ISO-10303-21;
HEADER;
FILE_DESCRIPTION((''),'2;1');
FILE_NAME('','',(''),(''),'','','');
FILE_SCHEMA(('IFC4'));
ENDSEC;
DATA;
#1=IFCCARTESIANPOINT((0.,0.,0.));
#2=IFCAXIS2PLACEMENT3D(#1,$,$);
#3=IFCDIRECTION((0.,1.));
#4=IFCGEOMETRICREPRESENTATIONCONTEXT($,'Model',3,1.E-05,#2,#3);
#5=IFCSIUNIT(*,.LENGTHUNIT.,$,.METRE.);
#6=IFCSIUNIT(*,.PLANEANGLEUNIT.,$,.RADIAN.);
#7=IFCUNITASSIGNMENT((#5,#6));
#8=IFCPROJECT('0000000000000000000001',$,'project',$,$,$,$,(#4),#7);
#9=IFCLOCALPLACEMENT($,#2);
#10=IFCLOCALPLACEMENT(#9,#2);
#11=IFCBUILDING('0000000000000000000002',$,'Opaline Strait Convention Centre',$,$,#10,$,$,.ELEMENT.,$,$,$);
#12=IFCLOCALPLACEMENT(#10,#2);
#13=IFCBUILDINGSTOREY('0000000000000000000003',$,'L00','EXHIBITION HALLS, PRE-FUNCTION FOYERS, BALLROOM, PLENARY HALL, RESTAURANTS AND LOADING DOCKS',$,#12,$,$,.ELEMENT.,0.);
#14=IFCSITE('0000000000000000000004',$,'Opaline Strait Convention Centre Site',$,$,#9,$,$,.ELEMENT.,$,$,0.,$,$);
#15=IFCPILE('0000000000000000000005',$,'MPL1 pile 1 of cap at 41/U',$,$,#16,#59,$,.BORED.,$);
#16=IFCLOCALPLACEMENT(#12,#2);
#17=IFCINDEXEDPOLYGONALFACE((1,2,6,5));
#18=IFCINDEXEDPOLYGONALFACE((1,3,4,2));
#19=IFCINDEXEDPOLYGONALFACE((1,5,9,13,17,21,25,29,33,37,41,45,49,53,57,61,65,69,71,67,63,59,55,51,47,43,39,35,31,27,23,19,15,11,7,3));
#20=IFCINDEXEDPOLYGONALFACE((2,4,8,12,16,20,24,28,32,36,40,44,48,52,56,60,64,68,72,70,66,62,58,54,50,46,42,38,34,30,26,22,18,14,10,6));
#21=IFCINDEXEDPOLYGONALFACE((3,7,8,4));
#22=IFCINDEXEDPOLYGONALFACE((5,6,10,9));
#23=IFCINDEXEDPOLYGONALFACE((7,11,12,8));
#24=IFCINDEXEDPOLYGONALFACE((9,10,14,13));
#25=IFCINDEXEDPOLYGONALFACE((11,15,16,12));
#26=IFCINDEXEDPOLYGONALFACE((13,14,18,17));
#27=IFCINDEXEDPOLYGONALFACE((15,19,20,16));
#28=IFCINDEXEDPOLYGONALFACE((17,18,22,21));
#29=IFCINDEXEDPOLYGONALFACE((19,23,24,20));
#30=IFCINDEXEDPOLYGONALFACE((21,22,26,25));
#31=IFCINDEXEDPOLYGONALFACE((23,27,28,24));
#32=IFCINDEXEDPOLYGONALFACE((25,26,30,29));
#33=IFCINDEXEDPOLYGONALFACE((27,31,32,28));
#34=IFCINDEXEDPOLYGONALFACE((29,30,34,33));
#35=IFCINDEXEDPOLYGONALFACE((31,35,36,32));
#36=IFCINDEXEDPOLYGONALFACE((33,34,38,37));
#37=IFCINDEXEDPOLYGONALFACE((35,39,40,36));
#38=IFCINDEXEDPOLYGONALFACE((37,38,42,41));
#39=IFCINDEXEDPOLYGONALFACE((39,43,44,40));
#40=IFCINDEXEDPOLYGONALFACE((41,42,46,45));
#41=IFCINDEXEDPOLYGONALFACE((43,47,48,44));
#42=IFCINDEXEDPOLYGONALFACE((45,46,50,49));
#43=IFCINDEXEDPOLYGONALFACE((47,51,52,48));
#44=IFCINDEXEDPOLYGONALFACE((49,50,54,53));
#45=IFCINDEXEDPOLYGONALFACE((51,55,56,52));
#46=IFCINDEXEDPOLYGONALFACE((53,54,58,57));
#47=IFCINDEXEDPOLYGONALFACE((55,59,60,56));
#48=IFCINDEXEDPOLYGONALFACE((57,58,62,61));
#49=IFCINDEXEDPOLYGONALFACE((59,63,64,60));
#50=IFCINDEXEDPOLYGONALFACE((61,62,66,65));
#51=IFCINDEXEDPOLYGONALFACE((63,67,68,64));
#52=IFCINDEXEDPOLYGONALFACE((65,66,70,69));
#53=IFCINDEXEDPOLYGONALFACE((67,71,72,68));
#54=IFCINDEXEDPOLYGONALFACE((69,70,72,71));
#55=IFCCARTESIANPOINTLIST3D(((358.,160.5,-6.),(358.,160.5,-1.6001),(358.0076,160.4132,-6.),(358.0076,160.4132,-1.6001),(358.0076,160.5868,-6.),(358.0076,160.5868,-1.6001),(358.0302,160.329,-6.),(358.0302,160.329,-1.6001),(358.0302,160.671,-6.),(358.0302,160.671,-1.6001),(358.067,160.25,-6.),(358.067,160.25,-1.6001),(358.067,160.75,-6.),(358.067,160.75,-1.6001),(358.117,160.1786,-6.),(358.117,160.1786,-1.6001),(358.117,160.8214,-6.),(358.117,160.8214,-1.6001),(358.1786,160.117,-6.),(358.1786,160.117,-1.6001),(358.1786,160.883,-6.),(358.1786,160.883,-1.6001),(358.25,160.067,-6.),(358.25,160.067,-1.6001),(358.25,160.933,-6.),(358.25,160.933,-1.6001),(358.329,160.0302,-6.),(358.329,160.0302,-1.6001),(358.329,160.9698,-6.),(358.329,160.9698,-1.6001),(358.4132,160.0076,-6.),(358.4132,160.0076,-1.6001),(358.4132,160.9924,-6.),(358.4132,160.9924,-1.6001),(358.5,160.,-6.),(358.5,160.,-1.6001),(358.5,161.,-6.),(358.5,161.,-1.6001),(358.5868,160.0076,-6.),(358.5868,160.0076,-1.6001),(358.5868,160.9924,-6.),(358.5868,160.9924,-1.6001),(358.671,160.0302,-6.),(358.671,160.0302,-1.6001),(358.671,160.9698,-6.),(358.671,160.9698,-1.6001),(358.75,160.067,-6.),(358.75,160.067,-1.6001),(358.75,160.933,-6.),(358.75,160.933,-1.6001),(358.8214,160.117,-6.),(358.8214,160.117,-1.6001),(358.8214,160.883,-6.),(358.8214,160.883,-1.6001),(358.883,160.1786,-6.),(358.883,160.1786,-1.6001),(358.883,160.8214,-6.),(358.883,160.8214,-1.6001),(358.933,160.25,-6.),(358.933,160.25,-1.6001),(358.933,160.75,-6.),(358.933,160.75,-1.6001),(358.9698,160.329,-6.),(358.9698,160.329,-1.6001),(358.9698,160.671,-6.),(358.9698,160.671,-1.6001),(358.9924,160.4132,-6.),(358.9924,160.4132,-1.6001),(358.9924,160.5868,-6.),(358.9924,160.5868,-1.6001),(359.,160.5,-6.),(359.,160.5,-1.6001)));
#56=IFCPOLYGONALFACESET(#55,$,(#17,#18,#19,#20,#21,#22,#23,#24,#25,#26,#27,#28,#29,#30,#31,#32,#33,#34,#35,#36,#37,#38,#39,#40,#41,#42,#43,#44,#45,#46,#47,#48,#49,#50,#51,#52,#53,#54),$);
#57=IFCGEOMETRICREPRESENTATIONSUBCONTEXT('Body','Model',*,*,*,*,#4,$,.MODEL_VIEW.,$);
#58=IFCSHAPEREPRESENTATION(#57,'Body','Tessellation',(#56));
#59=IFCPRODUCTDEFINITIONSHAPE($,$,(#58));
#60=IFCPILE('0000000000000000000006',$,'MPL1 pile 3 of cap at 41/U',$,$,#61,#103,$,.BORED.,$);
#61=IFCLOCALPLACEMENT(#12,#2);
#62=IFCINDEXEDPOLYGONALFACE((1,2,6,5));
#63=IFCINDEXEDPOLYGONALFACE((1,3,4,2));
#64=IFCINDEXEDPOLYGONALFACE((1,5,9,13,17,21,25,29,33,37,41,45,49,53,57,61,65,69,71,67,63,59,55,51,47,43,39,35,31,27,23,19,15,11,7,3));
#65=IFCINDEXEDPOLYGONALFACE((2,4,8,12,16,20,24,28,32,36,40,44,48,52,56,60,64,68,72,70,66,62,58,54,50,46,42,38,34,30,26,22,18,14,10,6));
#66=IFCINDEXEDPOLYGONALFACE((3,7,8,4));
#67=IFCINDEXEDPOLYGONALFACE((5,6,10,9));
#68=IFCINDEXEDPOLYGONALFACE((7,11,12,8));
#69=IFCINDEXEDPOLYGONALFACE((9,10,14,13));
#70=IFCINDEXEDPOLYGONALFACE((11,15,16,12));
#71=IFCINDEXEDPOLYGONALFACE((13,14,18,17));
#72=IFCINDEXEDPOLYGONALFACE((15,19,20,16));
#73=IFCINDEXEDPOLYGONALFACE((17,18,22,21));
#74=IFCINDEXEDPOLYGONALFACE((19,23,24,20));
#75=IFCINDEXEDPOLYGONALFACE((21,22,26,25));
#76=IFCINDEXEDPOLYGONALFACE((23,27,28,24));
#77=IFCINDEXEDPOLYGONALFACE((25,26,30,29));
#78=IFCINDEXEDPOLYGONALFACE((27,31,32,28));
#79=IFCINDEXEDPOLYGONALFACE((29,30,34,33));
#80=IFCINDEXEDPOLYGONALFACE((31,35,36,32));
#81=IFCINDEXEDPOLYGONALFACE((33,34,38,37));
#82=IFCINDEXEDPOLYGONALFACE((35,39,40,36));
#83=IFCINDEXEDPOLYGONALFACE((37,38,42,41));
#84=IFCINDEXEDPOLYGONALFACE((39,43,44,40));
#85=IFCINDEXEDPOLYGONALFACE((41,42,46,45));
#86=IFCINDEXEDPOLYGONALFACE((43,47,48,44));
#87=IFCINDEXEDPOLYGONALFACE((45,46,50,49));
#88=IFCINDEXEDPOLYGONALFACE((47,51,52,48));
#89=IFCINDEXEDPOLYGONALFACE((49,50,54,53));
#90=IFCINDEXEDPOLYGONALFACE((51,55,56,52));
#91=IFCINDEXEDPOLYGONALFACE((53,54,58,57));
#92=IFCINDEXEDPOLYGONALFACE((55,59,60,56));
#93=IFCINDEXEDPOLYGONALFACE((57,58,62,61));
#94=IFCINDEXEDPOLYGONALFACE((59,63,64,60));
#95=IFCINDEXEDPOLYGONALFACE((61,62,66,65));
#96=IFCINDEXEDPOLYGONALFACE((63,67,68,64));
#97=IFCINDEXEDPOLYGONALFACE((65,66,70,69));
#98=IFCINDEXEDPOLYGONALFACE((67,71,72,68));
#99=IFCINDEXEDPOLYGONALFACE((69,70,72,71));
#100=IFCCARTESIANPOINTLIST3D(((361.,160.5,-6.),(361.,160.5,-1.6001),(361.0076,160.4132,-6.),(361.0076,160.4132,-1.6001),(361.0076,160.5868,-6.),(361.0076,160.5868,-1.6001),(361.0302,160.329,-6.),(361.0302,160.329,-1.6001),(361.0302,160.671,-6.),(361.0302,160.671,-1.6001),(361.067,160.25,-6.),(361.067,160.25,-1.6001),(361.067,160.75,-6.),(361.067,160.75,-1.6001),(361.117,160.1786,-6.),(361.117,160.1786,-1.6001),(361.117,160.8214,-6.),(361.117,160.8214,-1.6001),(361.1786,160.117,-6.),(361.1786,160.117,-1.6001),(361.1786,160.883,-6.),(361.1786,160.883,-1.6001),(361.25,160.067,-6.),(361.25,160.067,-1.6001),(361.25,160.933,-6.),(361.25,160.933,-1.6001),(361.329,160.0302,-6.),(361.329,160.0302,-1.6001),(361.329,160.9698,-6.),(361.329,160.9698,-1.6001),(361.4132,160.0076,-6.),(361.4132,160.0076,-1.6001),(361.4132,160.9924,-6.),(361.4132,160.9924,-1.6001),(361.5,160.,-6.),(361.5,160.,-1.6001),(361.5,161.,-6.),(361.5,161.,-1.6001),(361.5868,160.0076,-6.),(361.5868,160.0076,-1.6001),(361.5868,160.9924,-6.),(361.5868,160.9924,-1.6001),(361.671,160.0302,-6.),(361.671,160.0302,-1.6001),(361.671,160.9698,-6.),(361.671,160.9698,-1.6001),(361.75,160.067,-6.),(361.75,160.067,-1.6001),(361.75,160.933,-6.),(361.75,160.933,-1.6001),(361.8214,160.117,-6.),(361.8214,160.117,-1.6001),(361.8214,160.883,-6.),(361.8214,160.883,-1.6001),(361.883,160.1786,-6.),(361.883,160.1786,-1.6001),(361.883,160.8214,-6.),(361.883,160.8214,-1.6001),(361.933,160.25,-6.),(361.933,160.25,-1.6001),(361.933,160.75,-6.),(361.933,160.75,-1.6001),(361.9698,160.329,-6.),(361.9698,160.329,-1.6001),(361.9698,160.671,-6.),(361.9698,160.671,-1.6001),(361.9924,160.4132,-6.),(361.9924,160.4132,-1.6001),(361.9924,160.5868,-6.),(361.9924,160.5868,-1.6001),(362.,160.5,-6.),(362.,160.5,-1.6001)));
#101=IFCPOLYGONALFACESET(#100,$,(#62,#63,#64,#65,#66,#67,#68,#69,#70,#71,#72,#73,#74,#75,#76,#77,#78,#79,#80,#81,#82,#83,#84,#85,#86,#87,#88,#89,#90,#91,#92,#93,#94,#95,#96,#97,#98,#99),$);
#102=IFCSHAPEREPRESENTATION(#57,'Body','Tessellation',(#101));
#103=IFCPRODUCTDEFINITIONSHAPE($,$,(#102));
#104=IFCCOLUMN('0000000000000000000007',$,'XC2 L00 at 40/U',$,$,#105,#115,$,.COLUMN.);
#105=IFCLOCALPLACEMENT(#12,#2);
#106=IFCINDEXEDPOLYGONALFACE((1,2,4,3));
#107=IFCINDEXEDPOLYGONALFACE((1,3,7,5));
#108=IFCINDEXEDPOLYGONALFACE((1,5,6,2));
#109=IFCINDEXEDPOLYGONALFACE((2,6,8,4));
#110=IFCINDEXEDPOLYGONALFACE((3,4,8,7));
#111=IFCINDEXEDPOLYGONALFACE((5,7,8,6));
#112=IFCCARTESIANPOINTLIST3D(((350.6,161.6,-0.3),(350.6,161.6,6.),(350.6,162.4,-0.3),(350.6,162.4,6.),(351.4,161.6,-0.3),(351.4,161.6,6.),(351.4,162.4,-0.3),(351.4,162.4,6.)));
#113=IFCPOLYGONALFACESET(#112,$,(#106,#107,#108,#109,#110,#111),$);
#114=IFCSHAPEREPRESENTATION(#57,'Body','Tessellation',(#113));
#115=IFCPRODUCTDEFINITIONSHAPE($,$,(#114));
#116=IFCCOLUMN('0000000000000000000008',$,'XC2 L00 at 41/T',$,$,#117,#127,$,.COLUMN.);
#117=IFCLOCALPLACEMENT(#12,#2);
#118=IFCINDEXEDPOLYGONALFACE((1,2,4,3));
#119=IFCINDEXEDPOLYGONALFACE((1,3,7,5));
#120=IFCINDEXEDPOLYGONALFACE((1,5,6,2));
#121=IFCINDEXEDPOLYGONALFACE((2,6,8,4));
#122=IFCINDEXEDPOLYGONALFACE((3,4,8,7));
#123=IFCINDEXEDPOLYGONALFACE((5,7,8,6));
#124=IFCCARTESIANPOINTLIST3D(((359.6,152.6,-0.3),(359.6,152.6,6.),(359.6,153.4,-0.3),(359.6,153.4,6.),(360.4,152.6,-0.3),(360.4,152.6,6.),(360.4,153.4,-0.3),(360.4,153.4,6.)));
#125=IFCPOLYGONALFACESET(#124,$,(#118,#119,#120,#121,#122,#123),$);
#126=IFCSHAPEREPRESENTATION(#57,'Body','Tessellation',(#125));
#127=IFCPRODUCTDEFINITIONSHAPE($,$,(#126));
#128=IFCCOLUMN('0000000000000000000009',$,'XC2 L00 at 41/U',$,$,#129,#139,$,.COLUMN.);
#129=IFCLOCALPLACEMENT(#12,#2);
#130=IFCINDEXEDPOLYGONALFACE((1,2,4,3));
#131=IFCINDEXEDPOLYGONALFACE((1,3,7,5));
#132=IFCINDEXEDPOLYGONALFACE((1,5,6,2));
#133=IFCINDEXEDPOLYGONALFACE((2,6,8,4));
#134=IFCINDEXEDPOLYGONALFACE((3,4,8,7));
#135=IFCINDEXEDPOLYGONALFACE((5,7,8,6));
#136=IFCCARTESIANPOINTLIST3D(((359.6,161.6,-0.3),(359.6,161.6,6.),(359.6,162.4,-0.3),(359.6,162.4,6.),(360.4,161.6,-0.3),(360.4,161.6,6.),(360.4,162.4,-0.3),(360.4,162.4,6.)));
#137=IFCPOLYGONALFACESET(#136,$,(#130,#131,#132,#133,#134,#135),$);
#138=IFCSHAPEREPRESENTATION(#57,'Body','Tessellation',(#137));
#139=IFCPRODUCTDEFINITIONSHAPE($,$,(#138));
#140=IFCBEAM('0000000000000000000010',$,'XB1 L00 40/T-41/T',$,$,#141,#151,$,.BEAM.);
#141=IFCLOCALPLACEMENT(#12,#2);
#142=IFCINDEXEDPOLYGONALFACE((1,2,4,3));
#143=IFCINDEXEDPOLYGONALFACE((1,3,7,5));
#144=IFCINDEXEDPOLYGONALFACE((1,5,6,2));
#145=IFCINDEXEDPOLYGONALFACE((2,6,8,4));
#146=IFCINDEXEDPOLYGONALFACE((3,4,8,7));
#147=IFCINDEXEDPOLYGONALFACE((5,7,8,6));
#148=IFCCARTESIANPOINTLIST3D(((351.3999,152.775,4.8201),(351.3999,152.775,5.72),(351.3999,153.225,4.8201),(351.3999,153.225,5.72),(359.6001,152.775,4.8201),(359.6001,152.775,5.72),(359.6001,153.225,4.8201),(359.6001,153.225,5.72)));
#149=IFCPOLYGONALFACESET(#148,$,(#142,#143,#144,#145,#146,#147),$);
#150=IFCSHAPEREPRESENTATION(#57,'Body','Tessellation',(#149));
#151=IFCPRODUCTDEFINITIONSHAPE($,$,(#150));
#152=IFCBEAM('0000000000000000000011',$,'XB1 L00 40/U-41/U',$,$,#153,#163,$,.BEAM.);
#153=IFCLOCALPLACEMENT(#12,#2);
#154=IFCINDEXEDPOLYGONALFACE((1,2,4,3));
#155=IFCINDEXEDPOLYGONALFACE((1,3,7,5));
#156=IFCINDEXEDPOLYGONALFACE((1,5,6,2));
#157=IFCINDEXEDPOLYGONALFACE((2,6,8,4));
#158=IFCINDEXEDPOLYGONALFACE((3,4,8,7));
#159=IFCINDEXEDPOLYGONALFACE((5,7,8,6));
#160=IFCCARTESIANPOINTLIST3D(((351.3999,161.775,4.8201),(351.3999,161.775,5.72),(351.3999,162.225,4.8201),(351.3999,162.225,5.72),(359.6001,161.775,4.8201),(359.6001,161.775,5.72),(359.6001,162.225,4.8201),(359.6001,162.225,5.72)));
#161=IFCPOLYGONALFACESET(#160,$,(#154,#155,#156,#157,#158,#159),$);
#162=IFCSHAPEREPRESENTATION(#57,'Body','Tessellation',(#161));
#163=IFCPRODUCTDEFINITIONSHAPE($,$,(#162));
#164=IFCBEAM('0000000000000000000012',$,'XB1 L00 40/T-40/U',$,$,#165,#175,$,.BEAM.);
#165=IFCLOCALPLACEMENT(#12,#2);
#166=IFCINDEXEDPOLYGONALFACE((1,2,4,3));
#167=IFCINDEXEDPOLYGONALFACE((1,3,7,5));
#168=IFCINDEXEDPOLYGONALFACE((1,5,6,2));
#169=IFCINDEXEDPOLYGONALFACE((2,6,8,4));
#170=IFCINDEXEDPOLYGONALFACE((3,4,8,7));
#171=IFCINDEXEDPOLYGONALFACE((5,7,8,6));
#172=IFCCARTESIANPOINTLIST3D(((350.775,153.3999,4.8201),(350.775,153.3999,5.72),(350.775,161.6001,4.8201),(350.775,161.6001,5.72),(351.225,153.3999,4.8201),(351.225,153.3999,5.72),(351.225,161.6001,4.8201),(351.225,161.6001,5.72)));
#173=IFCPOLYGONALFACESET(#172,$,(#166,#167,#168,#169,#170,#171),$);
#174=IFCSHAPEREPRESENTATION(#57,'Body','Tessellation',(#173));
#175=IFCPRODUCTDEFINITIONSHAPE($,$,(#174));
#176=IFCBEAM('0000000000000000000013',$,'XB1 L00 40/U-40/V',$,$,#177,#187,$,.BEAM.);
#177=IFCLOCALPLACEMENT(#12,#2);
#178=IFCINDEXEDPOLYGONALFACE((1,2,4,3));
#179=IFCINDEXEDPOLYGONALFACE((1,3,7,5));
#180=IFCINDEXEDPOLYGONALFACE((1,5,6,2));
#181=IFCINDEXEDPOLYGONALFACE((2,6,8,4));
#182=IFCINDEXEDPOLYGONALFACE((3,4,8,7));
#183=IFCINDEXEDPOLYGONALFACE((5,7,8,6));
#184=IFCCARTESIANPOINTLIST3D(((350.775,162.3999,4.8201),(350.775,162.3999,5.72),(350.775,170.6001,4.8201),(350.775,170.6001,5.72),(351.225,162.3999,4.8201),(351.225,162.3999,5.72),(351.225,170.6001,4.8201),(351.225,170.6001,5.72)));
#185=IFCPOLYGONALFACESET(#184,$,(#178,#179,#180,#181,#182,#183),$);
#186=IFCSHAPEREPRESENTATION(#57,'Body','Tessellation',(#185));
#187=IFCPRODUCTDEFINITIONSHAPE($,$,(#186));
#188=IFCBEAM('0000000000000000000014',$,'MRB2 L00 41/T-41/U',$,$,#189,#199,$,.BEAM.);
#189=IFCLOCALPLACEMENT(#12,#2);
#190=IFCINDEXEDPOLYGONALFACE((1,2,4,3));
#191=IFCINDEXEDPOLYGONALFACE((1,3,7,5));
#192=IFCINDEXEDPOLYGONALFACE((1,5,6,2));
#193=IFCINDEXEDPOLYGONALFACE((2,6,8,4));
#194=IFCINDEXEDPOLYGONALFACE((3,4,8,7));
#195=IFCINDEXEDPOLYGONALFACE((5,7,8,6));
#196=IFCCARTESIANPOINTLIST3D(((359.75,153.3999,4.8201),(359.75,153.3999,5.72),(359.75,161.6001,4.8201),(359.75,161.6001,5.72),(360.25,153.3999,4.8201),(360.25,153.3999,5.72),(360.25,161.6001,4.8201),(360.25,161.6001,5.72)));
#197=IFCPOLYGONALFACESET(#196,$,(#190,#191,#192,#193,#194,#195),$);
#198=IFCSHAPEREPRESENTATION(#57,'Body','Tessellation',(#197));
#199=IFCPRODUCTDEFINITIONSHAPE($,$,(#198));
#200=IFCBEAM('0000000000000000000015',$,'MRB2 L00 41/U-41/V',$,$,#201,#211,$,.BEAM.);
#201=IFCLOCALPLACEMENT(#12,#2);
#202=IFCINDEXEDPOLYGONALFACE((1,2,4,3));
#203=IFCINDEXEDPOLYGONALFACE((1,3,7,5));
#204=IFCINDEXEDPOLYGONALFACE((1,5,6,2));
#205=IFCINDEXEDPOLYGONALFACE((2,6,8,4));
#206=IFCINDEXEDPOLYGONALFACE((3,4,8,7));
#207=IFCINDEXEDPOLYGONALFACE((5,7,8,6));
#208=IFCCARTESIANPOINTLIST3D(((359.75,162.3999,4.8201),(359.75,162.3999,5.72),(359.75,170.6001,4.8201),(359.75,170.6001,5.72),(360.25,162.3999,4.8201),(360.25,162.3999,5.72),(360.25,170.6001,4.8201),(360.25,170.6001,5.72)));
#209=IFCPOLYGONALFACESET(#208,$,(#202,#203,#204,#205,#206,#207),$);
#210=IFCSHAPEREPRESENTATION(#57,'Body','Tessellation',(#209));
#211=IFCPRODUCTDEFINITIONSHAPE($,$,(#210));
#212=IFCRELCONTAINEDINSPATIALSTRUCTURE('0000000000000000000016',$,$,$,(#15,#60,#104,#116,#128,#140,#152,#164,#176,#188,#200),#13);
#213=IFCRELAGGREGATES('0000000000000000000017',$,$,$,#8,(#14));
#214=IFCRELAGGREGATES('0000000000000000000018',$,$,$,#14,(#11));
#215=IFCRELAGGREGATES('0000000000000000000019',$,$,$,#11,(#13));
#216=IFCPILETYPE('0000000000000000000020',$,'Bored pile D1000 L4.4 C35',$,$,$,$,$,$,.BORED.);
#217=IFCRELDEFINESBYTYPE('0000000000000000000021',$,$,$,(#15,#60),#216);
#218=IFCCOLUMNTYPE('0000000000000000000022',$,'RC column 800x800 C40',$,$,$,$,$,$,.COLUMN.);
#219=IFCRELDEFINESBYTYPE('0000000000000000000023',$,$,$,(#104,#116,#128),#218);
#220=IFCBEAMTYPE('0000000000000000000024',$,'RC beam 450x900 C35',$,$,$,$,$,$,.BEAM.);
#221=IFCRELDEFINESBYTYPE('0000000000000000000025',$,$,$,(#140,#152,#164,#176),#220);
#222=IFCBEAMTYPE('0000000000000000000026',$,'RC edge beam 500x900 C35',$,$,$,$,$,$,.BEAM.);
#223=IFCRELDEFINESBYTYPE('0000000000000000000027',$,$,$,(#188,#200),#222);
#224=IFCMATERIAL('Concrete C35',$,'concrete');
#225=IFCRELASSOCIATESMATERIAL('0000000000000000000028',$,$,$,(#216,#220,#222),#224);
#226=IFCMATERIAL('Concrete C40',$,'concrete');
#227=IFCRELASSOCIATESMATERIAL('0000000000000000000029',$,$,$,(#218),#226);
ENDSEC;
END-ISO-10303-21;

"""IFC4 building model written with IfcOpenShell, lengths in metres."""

from ifc_helpers import new_model, si_unit, direction, frame, origin, origin_2d, place, context, subcontext, project, spatial, rectangle, circle, extrude, material, material_profile, profile_set, type_object, element, save


model = new_model("IFC4")

# Units and contexts
model_context = context("Model", 3, precision=1e-05, world=origin(), true_north=direction((0.0, 1.0)))
body_context = subcontext(model_context, "Body", "Model", "MODEL_VIEW")
ifc_project = project(units=[si_unit("LENGTHUNIT", "METRE"), si_unit("PLANEANGLEUNIT", "RADIAN")], contexts=[model_context])

# Site, building, storey
site_placement = place(None, origin())
site = spatial("IfcSite", under=ifc_project, at=site_placement, Name="Opaline Strait Convention Centre Site", CompositionType="ELEMENT", RefElevation=0.0)
building_placement = place(site_placement, origin())
building = spatial("IfcBuilding", under=site, at=building_placement, Name="Opaline Strait Convention Centre", CompositionType="ELEMENT")
storey_placement = place(building_placement, origin())
storey = spatial("IfcBuildingStorey", under=building, at=storey_placement, Name="L00", Description="EXHIBITION HALLS, PRE-FUNCTION FOYERS, BALLROOM, PLENARY HALL, RESTAURANTS AND LOADING DOCKS", CompositionType="ELEMENT", Elevation=0.0)

# Piles
ifc_material_1 = material(Name="Concrete C35", Category="concrete")
ifc_material_profile_1 = material_profile(ifc_material_1, circle(Radius=0.5, at=origin_2d()), Name="D1000")
ifc_profile_set_1 = profile_set([ifc_material_profile_1], Name="Concrete C35")
pile_type = type_object("IfcPileType", Name="Bored pile D1000 L4.4 C35", PredefinedType="BORED", material=ifc_profile_set_1)
for number, where, z_axis, x_axis, name in (
    (1, (358.5, 160.5, -1.6001), (0.0, 0.0, -1.0), (1.0, 0.0, 0.0), "MPL1 pile 1 of cap at 41/U"),
    (2, (361.5, 160.5, -1.6001), (0.0, 0.0, -1.0), (1.0, 0.0, 0.0), "MPL1 pile 3 of cap at 41/U"),
):
    element("IfcPile", number, at=place(storey_placement, frame(where, z_axis=z_axis, x_axis=x_axis)), inside=storey, type_object=pile_type, Name=name, PredefinedType="BORED", context=body_context, shape_type="SweptSolid", body=[
        extrude(circle(Radius=0.5, at=origin_2d()), origin(), (0.0, 0.0, 1.0), 4.3999),
    ])

# Columns
ifc_material_2 = material(Name="Concrete C40", Category="concrete")
ifc_material_profile_2 = material_profile(ifc_material_2, rectangle(XDim=0.8, YDim=0.8, at=origin_2d()), Name="RC 800x800")
ifc_profile_set_2 = profile_set([ifc_material_profile_2], Name="Concrete C40")
column_type = type_object("IfcColumnType", Name="RC column 800x800 C40", PredefinedType="COLUMN", material=ifc_profile_set_2)
for number, where, z_axis, x_axis, name in (
    (3, (351.0, 162.0, -0.3), (0.0, 0.0, 1.0), (1.0, 0.0, 0.0), "XC2 L00 at 40/U"),
    (4, (360.0, 153.0, -0.3), (0.0, 0.0, 1.0), (1.0, 0.0, 0.0), "XC2 L00 at 41/T"),
    (5, (360.0, 162.0, -0.3), (0.0, 0.0, 1.0), (1.0, 0.0, 0.0), "XC2 L00 at 41/U"),
):
    element("IfcColumn", number, at=place(storey_placement, frame(where, z_axis=z_axis, x_axis=x_axis)), inside=storey, type_object=column_type, Name=name, PredefinedType="COLUMN", context=body_context, shape_type="SweptSolid", body=[
        extrude(rectangle(XDim=0.8, YDim=0.8, at=origin_2d()), origin(), (0.0, 0.0, 1.0), 6.3),
    ])

# Beams
ifc_material_profile_3 = material_profile(ifc_material_1, rectangle(XDim=0.45, YDim=0.8999, at=origin_2d()), Name="RC 450x900")
ifc_profile_set_3 = profile_set([ifc_material_profile_3], Name="Concrete C35")
beam_type_1 = type_object("IfcBeamType", Name="RC beam 450x900 C35", PredefinedType="BEAM", material=ifc_profile_set_3)
for number, where, z_axis, x_axis, name in (
    (6, (351.3999, 153.0, 5.27), (1.0, 0.0, 0.0), (0.0, 1.0, 0.0), "XB1 L00 40/T-41/T"),
    (7, (351.3999, 162.0, 5.27), (1.0, 0.0, 0.0), (0.0, 1.0, 0.0), "XB1 L00 40/U-41/U"),
    (8, (351.0, 153.3999, 5.27), (0.0, 1.0, 0.0), (-1.0, 0.0, 0.0), "XB1 L00 40/T-40/U"),
    (9, (351.0, 162.3999, 5.27), (0.0, 1.0, 0.0), (-1.0, 0.0, 0.0), "XB1 L00 40/U-40/V"),
):
    element("IfcBeam", number, at=place(storey_placement, frame(where, z_axis=z_axis, x_axis=x_axis)), inside=storey, type_object=beam_type_1, Name=name, PredefinedType="BEAM", context=body_context, shape_type="SweptSolid", body=[
        extrude(rectangle(XDim=0.45, YDim=0.8999, at=origin_2d()), origin(), (0.0, 0.0, 1.0), 8.2002),
    ])
ifc_material_profile_4 = material_profile(ifc_material_1, rectangle(XDim=0.5, YDim=0.8999, at=origin_2d()), Name="RC 500x900")
ifc_profile_set_4 = profile_set([ifc_material_profile_4], Name="Concrete C35")
beam_type_2 = type_object("IfcBeamType", Name="RC edge beam 500x900 C35", PredefinedType="BEAM", material=ifc_profile_set_4)
for number, where, z_axis, x_axis, name in (
    (10, (360.0, 153.3999, 5.27), (0.0, 1.0, 0.0), (-1.0, 0.0, 0.0), "MRB2 L00 41/T-41/U"),
    (11, (360.0, 162.3999, 5.27), (0.0, 1.0, 0.0), (-1.0, 0.0, 0.0), "MRB2 L00 41/U-41/V"),
):
    element("IfcBeam", number, at=place(storey_placement, frame(where, z_axis=z_axis, x_axis=x_axis)), inside=storey, type_object=beam_type_2, Name=name, PredefinedType="BEAM", context=body_context, shape_type="SweptSolid", body=[
        extrude(rectangle(XDim=0.5, YDim=0.8999, at=origin_2d()), origin(), (0.0, 0.0, 1.0), 8.2002),
    ])

save(model, "model.ifc")
